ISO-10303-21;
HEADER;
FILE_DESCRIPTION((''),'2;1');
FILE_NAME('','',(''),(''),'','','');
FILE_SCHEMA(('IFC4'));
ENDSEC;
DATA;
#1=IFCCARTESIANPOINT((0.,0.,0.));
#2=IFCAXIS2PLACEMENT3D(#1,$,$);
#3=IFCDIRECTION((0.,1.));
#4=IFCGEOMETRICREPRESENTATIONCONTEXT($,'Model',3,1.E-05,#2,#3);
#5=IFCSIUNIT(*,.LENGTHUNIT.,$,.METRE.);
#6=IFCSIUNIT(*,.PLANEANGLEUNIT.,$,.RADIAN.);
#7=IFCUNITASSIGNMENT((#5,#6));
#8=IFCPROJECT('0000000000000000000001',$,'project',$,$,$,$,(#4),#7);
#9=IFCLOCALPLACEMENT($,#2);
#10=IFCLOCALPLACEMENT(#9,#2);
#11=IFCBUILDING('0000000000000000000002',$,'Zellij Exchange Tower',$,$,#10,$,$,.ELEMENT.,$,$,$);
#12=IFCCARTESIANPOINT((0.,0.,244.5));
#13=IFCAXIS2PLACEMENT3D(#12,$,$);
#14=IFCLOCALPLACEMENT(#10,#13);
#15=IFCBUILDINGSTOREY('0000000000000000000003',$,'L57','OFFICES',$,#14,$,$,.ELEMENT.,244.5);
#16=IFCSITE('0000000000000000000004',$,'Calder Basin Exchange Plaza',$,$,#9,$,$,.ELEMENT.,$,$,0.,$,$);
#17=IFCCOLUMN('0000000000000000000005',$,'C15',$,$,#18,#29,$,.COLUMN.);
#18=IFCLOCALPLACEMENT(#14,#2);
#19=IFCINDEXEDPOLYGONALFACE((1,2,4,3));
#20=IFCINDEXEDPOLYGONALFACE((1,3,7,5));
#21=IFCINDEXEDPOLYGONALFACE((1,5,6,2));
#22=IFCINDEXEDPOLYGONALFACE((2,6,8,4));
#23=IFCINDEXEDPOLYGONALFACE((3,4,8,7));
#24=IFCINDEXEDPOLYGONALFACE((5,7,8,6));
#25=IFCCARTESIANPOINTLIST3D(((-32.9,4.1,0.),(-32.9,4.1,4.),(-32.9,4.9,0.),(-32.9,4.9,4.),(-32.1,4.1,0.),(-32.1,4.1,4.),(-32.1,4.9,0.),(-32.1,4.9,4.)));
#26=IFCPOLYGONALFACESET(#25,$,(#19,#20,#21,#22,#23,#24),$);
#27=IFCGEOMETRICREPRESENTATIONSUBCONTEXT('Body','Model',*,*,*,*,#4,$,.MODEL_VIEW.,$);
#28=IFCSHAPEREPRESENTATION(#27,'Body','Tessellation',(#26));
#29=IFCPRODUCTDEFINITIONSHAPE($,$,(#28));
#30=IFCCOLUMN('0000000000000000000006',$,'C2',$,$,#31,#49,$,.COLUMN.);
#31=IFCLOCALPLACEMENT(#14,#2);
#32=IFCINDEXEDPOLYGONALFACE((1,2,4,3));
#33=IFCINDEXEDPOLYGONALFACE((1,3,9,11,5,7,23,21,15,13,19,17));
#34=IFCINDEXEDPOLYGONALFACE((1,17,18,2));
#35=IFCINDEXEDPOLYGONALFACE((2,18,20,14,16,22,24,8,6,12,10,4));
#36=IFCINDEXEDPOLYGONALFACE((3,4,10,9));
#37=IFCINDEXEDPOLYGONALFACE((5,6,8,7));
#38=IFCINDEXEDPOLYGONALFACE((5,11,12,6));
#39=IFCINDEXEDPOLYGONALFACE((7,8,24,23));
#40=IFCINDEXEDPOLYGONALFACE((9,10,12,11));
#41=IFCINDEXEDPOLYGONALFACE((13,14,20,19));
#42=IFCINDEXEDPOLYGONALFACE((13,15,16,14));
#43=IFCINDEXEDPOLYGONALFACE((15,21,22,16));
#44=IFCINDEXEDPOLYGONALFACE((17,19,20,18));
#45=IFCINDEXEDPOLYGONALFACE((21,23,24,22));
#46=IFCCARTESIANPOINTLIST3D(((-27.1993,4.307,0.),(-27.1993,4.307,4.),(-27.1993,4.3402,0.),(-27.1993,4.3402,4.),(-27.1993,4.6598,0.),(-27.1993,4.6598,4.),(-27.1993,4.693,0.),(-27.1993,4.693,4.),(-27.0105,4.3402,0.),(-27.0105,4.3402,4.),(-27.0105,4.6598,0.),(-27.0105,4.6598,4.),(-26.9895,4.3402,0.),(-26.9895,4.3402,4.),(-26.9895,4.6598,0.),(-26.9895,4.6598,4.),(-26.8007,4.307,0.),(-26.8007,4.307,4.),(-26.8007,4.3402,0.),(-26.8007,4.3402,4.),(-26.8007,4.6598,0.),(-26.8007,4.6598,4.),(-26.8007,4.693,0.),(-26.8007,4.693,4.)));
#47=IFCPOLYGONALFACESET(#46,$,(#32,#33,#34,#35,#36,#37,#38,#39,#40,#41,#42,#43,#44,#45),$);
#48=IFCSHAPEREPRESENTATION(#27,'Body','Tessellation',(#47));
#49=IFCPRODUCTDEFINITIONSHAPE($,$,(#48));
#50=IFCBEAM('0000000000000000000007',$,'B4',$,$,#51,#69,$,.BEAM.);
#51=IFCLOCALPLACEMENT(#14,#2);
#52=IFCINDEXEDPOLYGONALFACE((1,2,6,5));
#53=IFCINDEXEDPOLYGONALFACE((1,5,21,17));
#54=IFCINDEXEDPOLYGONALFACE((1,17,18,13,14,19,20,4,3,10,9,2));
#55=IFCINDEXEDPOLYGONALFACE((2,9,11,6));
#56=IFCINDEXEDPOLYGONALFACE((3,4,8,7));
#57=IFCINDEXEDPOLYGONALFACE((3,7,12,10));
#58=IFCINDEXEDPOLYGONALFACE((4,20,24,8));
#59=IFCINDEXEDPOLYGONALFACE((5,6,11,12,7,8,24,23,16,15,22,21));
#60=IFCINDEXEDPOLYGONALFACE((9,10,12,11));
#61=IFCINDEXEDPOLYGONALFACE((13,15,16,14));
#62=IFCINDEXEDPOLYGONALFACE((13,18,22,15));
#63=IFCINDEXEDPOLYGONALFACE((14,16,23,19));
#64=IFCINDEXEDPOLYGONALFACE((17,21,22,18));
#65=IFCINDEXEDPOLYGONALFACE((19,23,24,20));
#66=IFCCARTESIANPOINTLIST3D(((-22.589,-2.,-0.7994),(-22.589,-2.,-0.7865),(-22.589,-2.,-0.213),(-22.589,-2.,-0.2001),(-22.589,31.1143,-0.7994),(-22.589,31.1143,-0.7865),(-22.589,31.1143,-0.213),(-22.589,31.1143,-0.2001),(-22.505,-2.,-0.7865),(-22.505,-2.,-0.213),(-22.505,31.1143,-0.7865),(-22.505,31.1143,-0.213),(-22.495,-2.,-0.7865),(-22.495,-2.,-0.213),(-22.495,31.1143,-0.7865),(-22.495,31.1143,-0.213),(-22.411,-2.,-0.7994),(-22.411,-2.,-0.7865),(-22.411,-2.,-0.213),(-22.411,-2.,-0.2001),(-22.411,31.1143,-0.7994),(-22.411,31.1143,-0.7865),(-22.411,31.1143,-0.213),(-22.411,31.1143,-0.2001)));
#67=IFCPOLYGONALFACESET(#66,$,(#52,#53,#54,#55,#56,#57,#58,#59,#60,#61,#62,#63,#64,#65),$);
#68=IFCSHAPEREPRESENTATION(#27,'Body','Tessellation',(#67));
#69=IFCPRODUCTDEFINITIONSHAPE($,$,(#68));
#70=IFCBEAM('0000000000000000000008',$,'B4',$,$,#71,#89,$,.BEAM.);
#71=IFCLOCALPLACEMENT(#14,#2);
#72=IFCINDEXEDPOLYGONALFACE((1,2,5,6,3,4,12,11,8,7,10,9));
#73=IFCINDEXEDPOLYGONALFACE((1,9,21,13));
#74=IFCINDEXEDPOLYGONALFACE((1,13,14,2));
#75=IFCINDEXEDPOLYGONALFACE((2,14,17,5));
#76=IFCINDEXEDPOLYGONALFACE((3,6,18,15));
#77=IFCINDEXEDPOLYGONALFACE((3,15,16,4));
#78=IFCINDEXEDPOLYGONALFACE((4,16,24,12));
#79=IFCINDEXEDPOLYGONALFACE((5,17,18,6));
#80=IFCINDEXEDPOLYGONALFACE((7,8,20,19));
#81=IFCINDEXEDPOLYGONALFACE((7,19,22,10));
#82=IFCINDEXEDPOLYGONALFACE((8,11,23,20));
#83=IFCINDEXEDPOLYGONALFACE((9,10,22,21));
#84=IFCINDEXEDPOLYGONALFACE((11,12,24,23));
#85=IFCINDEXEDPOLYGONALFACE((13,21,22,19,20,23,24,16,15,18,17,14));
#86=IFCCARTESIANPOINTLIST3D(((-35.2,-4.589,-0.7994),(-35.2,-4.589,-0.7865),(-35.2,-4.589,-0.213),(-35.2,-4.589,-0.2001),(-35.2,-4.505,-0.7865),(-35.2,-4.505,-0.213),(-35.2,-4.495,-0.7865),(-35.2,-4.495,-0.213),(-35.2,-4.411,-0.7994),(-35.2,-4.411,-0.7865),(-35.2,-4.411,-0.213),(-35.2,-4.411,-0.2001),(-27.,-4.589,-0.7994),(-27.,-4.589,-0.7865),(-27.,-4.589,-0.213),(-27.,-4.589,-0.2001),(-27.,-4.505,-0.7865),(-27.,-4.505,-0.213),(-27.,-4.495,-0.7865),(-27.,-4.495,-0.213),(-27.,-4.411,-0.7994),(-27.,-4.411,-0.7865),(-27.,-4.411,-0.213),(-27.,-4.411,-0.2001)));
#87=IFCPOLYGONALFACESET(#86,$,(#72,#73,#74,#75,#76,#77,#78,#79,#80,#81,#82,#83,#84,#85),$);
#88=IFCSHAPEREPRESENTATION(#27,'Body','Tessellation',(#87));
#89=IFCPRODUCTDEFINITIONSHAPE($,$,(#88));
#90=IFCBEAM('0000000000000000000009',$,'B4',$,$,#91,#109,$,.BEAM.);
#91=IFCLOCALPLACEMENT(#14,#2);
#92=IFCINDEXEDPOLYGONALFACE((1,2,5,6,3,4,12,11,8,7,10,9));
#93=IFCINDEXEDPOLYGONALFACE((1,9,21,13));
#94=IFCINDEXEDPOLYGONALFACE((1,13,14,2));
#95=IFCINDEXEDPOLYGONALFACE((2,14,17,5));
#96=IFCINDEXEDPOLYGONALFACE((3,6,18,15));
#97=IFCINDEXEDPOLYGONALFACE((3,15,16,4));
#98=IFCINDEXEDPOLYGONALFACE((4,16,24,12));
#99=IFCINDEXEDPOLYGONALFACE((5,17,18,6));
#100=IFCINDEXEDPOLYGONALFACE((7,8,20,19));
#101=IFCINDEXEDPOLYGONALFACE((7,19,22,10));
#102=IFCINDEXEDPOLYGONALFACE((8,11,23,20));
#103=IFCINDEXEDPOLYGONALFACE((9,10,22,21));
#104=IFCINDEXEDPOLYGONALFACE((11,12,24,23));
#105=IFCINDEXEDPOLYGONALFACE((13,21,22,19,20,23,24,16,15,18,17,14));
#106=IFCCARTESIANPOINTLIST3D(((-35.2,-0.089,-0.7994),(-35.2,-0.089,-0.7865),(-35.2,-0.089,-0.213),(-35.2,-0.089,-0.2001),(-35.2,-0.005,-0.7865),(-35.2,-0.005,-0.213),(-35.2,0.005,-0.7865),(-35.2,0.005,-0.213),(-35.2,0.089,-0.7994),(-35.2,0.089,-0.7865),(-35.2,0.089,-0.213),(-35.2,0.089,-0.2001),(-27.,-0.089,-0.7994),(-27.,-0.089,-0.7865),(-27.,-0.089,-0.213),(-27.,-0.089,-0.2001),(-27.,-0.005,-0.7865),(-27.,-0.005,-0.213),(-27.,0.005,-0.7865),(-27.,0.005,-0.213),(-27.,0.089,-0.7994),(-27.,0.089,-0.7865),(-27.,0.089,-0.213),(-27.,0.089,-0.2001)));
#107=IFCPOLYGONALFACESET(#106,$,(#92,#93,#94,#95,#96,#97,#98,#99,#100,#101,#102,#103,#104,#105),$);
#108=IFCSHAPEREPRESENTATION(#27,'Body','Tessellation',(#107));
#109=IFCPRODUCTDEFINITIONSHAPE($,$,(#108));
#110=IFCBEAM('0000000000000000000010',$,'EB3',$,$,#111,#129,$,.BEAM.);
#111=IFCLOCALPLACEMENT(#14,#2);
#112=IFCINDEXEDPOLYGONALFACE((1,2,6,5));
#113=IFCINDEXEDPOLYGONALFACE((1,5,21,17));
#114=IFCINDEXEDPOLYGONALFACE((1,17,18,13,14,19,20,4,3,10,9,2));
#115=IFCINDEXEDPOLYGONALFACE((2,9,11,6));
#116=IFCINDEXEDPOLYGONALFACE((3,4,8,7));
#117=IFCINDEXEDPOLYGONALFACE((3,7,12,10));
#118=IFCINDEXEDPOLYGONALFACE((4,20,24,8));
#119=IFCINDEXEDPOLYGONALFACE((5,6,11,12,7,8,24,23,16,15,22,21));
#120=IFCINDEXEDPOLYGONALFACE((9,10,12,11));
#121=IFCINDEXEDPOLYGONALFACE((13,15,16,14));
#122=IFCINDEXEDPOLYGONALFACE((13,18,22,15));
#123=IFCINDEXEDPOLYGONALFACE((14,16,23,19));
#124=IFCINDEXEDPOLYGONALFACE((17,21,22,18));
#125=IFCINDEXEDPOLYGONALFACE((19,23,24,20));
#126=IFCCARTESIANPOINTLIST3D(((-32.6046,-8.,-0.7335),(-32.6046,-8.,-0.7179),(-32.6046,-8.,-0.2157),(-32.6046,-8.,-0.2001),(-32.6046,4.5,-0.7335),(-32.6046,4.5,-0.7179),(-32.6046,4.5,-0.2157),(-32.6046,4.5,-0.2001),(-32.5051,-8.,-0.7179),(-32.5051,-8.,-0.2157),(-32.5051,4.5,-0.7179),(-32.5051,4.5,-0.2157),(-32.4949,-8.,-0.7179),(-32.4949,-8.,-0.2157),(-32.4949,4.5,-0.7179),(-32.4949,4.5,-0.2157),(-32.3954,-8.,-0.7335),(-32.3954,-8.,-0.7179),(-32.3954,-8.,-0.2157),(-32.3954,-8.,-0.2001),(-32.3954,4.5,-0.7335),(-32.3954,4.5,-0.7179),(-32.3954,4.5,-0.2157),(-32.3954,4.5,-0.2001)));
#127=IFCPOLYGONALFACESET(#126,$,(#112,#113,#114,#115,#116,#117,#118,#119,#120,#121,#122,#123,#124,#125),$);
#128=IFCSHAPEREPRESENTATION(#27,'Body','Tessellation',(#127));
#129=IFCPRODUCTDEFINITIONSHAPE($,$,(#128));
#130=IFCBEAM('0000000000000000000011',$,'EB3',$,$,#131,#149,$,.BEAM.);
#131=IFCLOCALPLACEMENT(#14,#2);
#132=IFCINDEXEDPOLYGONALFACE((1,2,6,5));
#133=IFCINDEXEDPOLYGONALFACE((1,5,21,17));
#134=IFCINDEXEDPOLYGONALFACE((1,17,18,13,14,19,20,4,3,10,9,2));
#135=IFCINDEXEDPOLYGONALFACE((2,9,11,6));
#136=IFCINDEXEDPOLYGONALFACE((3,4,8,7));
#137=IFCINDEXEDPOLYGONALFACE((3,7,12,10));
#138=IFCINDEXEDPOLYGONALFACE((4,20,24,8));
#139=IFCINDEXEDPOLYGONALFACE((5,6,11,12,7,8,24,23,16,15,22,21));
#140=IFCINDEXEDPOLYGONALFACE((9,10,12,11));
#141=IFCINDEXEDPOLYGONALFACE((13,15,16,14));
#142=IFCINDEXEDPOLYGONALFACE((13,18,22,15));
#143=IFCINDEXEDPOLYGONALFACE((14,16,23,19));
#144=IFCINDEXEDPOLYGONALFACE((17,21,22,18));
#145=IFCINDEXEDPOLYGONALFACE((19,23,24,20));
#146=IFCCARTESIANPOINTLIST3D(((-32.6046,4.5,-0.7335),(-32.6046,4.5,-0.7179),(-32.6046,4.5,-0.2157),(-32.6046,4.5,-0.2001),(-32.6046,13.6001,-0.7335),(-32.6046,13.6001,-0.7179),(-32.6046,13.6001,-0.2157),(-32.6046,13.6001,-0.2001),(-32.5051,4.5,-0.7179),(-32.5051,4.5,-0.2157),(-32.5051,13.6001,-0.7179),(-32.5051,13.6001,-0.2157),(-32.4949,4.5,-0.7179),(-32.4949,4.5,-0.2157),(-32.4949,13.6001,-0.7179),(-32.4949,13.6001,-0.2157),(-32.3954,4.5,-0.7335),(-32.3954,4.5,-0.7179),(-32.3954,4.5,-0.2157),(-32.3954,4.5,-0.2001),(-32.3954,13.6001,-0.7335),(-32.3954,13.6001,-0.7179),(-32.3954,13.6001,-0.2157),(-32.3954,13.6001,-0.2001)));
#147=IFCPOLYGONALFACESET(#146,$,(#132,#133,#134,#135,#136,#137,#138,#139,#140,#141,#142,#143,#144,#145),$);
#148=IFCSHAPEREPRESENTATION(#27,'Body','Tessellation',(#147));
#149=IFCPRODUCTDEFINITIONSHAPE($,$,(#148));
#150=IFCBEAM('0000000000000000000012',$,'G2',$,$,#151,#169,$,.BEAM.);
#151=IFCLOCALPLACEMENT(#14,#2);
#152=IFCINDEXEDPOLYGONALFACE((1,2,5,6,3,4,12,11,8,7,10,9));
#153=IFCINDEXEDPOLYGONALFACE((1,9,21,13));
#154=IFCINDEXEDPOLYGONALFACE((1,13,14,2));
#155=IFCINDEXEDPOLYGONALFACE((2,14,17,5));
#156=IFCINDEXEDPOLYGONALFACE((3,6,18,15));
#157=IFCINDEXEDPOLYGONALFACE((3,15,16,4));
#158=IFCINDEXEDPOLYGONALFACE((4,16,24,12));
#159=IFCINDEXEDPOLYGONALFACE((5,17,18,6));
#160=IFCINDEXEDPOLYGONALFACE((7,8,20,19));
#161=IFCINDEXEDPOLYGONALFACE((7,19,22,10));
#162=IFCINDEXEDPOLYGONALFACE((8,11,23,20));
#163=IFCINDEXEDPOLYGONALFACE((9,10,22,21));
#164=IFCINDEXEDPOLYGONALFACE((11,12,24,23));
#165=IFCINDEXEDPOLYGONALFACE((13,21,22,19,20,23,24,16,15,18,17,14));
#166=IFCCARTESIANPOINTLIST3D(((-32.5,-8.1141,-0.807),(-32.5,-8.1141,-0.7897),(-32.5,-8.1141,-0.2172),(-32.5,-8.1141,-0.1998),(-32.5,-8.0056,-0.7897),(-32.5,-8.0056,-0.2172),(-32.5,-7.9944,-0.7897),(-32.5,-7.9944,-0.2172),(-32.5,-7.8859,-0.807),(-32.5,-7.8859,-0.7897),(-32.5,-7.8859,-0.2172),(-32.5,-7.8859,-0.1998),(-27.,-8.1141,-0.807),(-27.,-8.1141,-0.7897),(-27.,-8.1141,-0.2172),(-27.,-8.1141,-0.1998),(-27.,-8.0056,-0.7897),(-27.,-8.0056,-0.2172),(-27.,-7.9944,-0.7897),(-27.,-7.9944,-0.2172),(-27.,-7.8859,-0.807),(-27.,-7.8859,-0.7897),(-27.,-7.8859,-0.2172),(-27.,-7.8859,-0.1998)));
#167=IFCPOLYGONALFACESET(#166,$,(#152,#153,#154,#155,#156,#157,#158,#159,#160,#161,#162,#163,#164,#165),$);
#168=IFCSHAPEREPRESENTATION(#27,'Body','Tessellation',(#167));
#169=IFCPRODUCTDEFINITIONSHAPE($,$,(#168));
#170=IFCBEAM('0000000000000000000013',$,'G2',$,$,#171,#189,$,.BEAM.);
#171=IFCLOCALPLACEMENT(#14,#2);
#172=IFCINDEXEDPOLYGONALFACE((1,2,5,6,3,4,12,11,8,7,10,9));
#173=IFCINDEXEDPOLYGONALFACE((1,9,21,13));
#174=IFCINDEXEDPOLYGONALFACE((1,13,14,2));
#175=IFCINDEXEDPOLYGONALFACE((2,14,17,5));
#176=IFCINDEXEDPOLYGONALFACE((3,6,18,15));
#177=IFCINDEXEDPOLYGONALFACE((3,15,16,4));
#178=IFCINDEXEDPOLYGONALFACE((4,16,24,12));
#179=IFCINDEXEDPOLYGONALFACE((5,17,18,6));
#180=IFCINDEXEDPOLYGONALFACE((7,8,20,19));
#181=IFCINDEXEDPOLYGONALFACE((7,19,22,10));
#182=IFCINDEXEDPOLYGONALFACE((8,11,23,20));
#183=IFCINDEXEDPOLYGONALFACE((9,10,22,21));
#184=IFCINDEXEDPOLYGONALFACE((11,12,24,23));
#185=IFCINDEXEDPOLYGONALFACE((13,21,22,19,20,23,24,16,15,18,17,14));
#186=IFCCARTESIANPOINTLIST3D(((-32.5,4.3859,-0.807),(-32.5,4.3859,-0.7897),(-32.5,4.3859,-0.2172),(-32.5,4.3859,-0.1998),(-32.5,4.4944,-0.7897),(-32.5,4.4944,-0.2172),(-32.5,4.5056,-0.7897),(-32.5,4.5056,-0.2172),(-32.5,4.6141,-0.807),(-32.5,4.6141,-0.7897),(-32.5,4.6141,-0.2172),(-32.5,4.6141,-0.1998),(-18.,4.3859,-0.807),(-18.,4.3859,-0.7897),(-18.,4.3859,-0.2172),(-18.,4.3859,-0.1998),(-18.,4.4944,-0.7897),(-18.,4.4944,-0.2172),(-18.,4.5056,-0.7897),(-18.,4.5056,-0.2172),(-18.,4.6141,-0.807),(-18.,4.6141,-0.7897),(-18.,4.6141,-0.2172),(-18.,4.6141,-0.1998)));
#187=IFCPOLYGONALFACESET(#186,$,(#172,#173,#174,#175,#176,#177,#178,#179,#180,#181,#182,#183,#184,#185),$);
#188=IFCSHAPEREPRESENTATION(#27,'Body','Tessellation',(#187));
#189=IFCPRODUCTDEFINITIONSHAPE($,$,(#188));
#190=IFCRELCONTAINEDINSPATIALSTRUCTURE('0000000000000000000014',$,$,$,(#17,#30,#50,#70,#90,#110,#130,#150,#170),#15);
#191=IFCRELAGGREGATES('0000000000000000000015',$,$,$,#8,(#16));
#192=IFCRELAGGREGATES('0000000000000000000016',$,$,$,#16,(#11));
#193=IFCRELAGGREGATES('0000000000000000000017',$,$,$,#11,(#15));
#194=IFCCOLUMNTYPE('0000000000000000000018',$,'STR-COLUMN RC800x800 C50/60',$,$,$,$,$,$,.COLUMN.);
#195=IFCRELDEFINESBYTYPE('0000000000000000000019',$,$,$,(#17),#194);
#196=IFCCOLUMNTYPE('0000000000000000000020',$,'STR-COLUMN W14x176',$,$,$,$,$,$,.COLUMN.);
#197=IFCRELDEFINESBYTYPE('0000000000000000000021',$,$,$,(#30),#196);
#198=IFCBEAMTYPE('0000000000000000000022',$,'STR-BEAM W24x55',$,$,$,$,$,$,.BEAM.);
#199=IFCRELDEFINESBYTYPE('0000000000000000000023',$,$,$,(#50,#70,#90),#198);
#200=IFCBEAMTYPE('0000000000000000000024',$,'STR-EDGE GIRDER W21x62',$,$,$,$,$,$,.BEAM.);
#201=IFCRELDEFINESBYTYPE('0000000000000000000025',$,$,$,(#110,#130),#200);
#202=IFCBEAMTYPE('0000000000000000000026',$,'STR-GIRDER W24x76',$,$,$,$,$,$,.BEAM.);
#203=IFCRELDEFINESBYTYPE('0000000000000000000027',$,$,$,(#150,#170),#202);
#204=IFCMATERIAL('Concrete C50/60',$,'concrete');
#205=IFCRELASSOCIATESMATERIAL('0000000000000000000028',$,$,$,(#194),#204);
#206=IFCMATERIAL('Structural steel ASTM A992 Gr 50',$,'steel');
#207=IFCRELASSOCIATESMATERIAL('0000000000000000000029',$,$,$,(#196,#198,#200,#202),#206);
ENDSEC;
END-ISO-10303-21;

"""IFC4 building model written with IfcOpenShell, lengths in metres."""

from ifc_helpers import new_model, si_unit, direction, frame, origin, origin_2d, place, context, subcontext, project, spatial, rectangle, i_section, extrude, material, material_profile, profile_set, type_object, element, save


model = new_model("IFC4")

# Units and contexts
model_context = context("Model", 3, precision=1e-05, world=origin(), true_north=direction((0.0, 1.0)))
body_context = subcontext(model_context, "Body", "Model", "MODEL_VIEW")
ifc_project = project(units=[si_unit("LENGTHUNIT", "METRE"), si_unit("PLANEANGLEUNIT", "RADIAN")], contexts=[model_context])

# Site, building, storey
site_placement = place(None, origin())
site = spatial("IfcSite", under=ifc_project, at=site_placement, Name="Calder Basin Exchange Plaza", CompositionType="ELEMENT", RefElevation=0.0)
building_placement = place(site_placement, origin())
building = spatial("IfcBuilding", under=site, at=building_placement, Name="Zellij Exchange Tower", CompositionType="ELEMENT")
storey_placement = place(building_placement, frame((0.0, 0.0, 244.5)))
storey = spatial("IfcBuildingStorey", under=building, at=storey_placement, Name="L57", Description="OFFICES", CompositionType="ELEMENT", Elevation=244.5)

# Columns
ifc_material_1 = material(Name="Concrete C50/60", Category="concrete")
ifc_material_profile_1 = material_profile(ifc_material_1, rectangle(XDim=0.8, YDim=0.8, at=origin_2d()), Name="STR-COLUMN RC800x800 C50/60")
ifc_profile_set_1 = profile_set([ifc_material_profile_1], Name="Concrete C50/60")
column_type_1 = type_object("IfcColumnType", Name="STR-COLUMN RC800x800 C50/60", PredefinedType="COLUMN", material=ifc_profile_set_1)
column_1_placement = place(storey_placement, frame((-32.5, 4.5, 0.0), z_axis=(0.0, 0.0, 1.0), x_axis=(1.0, 0.0, 0.0)))
element("IfcColumn", 1, at=column_1_placement, inside=storey, type_object=column_type_1, Name="C15", PredefinedType="COLUMN", context=body_context, shape_type="SweptSolid", body=[
    extrude(rectangle(XDim=0.8, YDim=0.8, at=origin_2d()), origin(), (0.0, 0.0, 1.0), 4.0),
])
ifc_material_2 = material(Name="Structural steel ASTM A992 Gr 50", Category="steel")
ifc_material_profile_2 = material_profile(ifc_material_2, i_section(OverallWidth=0.3987, OverallDepth=0.386, WebThickness=0.021, FlangeThickness=0.0332, at=origin_2d()), Name="W14x176")
ifc_profile_set_2 = profile_set([ifc_material_profile_2], Name="Structural steel ASTM A992 Gr 50")
column_type_2 = type_object("IfcColumnType", Name="STR-COLUMN W14x176", PredefinedType="COLUMN", material=ifc_profile_set_2)
column_2_placement = place(storey_placement, frame((-27.0, 4.5, 0.0), z_axis=(0.0, 0.0, 1.0), x_axis=(1.0, 0.0, 0.0)))
element("IfcColumn", 2, at=column_2_placement, inside=storey, type_object=column_type_2, Name="C2", PredefinedType="COLUMN", context=body_context, shape_type="SweptSolid", body=[
    extrude(i_section(OverallWidth=0.3987, OverallDepth=0.386, WebThickness=0.021, FlangeThickness=0.0332, at=origin_2d()), origin(), (0.0, 0.0, 1.0), 4.0),
])

# Beams
ifc_material_profile_3 = material_profile(ifc_material_2, i_section(OverallWidth=0.178, OverallDepth=0.5994, WebThickness=0.01, FlangeThickness=0.0129, at=origin_2d()), Name="W24x55")
ifc_profile_set_3 = profile_set([ifc_material_profile_3], Name="Structural steel ASTM A992 Gr 50")
beam_type_1 = type_object("IfcBeamType", Name="STR-BEAM W24x55", PredefinedType="BEAM", material=ifc_profile_set_3)
beam_1_placement = place(storey_placement, frame((-22.5, -2.0, -0.4998), z_axis=(0.0, 1.0, 0.0), x_axis=(-1.0, 0.0, 0.0)))
element("IfcBeam", 3, at=beam_1_placement, inside=storey, type_object=beam_type_1, Name="B4", PredefinedType="BEAM", context=body_context, shape_type="SweptSolid", body=[
    extrude(i_section(OverallWidth=0.178, OverallDepth=0.5994, WebThickness=0.01, FlangeThickness=0.0129, at=origin_2d()), origin(), (0.0, 0.0, 1.0), 33.1143),
])
for number, where, z_axis, x_axis, name in (
    (4, (-35.2, -4.5, -0.4998), (1.0, 0.0, 0.0), (0.0, 1.0, 0.0), "B4"),
    (5, (-35.2, 0.0, -0.4998), (1.0, 0.0, 0.0), (0.0, 1.0, 0.0), "B4"),
):
    element("IfcBeam", number, at=place(storey_placement, frame(where, z_axis=z_axis, x_axis=x_axis)), inside=storey, type_object=beam_type_1, Name=name, PredefinedType="BEAM", context=body_context, shape_type="SweptSolid", body=[
        extrude(i_section(OverallWidth=0.178, OverallDepth=0.5994, WebThickness=0.01, FlangeThickness=0.0129, at=origin_2d()), origin(), (0.0, 0.0, 1.0), 8.2),
    ])
ifc_material_profile_4 = material_profile(ifc_material_2, i_section(OverallWidth=0.2092, OverallDepth=0.5334, WebThickness=0.0103, FlangeThickness=0.0156, at=origin_2d()), Name="W21x62")
ifc_profile_set_4 = profile_set([ifc_material_profile_4], Name="Structural steel ASTM A992 Gr 50")
beam_type_2 = type_object("IfcBeamType", Name="STR-EDGE GIRDER W21x62", PredefinedType="BEAM", material=ifc_profile_set_4)
beam_2_placement = place(storey_placement, frame((-32.5, -8.0, -0.4668), z_axis=(0.0, 1.0, 0.0), x_axis=(-1.0, 0.0, 0.0)))
element("IfcBeam", 6, at=beam_2_placement, inside=storey, type_object=beam_type_2, Name="EB3", PredefinedType="BEAM", context=body_context, shape_type="SweptSolid", body=[
    extrude(i_section(OverallWidth=0.2092, OverallDepth=0.5334, WebThickness=0.0103, FlangeThickness=0.0156, at=origin_2d()), origin(), (0.0, 0.0, 1.0), 12.5),
])
beam_3_placement = place(storey_placement, frame((-32.5, 4.5, -0.4668), z_axis=(0.0, 1.0, 0.0), x_axis=(-1.0, 0.0, 0.0)))
element("IfcBeam", 7, at=beam_3_placement, inside=storey, type_object=beam_type_2, Name="EB3", PredefinedType="BEAM", context=body_context, shape_type="SweptSolid", body=[
    extrude(i_section(OverallWidth=0.2092, OverallDepth=0.5334, WebThickness=0.0103, FlangeThickness=0.0156, at=origin_2d()), origin(), (0.0, 0.0, 1.0), 9.1001),
])
ifc_material_profile_5 = material_profile(ifc_material_2, i_section(OverallWidth=0.2283, OverallDepth=0.6072, WebThickness=0.0112, FlangeThickness=0.0173, at=origin_2d()), Name="W24x76")
ifc_profile_set_5 = profile_set([ifc_material_profile_5], Name="Structural steel ASTM A992 Gr 50")
beam_type_3 = type_object("IfcBeamType", Name="STR-GIRDER W24x76", PredefinedType="BEAM", material=ifc_profile_set_5)
beam_4_placement = place(storey_placement, frame((-32.5, -8.0, -0.5034), z_axis=(1.0, 0.0, 0.0), x_axis=(0.0, 1.0, 0.0)))
element("IfcBeam", 8, at=beam_4_placement, inside=storey, type_object=beam_type_3, Name="G2", PredefinedType="BEAM", context=body_context, shape_type="SweptSolid", body=[
    extrude(i_section(OverallWidth=0.2283, OverallDepth=0.6072, WebThickness=0.0112, FlangeThickness=0.0173, at=origin_2d()), origin(), (0.0, 0.0, 1.0), 5.5),
])
beam_5_placement = place(storey_placement, frame((-32.5, 4.5, -0.5034), z_axis=(1.0, 0.0, 0.0), x_axis=(0.0, 1.0, 0.0)))
element("IfcBeam", 9, at=beam_5_placement, inside=storey, type_object=beam_type_3, Name="G2", PredefinedType="BEAM", context=body_context, shape_type="SweptSolid", body=[
    extrude(i_section(OverallWidth=0.2283, OverallDepth=0.6072, WebThickness=0.0112, FlangeThickness=0.0173, at=origin_2d()), origin(), (0.0, 0.0, 1.0), 14.5),
])

save(model, "model.ifc")
